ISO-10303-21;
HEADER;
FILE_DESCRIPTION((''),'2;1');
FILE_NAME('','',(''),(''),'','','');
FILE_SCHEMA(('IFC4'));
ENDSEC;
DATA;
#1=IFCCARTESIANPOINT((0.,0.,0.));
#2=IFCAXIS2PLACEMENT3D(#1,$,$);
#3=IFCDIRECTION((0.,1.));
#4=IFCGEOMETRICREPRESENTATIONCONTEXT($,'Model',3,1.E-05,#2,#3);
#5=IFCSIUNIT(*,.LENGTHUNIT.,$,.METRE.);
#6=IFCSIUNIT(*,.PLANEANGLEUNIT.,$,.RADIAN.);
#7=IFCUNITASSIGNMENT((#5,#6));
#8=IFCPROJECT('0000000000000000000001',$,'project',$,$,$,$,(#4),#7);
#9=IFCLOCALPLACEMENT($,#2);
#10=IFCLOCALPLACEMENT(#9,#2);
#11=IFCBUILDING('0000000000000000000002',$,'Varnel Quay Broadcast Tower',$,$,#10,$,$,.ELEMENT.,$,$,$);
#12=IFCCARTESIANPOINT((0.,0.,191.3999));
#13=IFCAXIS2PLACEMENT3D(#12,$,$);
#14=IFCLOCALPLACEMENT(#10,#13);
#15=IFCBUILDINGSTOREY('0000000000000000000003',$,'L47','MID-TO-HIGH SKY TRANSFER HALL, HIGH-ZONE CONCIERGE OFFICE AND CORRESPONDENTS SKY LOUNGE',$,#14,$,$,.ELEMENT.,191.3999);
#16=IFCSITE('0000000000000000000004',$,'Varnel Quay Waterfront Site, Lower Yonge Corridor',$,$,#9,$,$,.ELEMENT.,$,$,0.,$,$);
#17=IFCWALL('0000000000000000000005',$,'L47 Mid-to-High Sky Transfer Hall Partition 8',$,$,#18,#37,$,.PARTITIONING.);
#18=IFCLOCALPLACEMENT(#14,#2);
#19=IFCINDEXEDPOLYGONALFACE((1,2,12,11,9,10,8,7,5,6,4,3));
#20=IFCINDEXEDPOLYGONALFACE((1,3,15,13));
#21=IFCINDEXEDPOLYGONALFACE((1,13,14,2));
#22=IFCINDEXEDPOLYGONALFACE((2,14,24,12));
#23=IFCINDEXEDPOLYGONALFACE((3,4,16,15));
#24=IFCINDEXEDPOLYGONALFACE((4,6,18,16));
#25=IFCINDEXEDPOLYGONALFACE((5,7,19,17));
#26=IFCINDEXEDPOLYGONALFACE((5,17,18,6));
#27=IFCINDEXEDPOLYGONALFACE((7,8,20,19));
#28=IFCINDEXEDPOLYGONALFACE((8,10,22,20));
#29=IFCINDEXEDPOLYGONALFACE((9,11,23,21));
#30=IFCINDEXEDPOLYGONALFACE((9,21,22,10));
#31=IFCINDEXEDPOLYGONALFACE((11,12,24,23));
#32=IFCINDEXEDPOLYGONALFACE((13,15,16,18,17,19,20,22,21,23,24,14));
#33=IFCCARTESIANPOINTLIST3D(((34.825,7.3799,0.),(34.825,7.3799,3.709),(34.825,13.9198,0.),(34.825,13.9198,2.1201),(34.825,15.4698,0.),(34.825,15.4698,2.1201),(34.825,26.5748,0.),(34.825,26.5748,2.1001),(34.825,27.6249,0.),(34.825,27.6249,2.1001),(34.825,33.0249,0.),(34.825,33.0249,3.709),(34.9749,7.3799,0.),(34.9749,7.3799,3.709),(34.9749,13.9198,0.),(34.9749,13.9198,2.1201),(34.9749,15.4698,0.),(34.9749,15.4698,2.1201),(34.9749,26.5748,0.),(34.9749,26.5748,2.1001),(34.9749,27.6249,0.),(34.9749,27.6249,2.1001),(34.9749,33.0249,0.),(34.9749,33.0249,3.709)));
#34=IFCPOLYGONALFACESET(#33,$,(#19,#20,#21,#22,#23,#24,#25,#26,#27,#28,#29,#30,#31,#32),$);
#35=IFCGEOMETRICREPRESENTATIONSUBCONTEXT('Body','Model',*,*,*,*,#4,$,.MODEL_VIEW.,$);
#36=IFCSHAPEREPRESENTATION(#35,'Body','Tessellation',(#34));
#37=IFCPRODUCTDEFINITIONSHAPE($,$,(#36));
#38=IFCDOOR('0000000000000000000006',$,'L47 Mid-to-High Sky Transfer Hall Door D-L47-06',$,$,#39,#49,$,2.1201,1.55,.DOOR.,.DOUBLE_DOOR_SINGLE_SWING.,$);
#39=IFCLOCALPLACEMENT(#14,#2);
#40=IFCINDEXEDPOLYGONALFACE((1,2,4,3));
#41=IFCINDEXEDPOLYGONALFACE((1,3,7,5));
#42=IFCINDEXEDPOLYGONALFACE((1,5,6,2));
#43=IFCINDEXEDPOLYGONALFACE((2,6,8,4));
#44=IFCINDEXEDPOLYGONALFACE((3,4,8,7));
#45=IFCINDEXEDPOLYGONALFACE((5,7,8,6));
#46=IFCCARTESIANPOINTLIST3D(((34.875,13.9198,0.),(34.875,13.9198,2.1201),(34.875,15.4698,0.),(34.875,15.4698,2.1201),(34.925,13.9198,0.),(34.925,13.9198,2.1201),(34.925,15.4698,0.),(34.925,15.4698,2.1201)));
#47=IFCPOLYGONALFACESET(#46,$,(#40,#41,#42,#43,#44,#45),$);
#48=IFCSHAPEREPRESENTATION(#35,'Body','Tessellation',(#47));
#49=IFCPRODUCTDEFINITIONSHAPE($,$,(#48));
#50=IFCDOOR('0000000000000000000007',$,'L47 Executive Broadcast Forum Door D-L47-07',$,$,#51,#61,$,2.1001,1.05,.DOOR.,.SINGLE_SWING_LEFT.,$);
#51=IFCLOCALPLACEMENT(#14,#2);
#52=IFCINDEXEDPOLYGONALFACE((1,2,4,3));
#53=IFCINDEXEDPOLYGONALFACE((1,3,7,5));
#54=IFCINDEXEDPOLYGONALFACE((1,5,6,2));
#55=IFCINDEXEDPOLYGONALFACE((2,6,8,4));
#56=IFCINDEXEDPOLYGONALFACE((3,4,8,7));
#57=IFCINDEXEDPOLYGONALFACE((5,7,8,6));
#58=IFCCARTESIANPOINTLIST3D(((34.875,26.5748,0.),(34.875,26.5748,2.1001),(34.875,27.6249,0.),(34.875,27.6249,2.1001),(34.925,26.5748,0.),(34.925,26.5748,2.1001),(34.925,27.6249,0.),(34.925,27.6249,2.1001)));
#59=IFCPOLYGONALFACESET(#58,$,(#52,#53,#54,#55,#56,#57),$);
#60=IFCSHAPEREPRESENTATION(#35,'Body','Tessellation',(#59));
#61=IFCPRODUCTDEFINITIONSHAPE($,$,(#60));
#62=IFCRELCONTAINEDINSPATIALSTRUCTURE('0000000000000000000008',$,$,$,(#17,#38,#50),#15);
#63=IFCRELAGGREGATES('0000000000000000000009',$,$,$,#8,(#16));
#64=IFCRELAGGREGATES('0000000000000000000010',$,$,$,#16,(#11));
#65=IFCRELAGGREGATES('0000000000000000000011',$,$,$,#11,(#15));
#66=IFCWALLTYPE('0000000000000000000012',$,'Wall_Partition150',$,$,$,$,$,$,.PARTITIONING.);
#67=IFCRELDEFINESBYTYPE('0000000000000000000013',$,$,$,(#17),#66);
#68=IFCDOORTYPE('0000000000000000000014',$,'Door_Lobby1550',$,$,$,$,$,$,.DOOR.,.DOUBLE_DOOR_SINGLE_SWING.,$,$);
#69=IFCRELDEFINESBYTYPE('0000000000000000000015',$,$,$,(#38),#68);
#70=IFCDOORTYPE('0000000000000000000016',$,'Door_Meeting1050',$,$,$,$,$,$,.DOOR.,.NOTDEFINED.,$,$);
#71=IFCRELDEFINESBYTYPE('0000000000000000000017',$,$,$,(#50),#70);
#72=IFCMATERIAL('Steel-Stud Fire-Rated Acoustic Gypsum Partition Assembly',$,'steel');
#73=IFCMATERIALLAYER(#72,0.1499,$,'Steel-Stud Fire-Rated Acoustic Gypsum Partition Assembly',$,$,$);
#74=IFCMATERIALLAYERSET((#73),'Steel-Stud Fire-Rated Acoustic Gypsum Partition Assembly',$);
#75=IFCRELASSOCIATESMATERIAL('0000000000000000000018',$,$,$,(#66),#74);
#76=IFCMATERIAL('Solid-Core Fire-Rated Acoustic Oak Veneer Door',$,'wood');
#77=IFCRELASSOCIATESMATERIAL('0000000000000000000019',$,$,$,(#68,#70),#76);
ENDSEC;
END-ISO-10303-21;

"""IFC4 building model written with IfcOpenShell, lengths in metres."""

from ifc_helpers import new_model, si_unit, direction, frame, frame_2d, origin, place, context, subcontext, project, spatial, rectangle, extrude, source, transform, mapped, material, layer, layer_set, type_object, type_shapes, element, fill, save


model = new_model("IFC4")

# Units and contexts
model_context = context("Model", 3, precision=1e-05, world=origin(), true_north=direction((0.0, 1.0)))
body_context = subcontext(model_context, "Body", "Model", "MODEL_VIEW")
ifc_project = project(units=[si_unit("LENGTHUNIT", "METRE"), si_unit("PLANEANGLEUNIT", "RADIAN")], contexts=[model_context])

# Site, building, storey
site_placement = place(None, origin())
site = spatial("IfcSite", under=ifc_project, at=site_placement, Name="Varnel Quay Waterfront Site, Lower Yonge Corridor", CompositionType="ELEMENT", RefElevation=0.0)
building_placement = place(site_placement, origin())
building = spatial("IfcBuilding", under=site, at=building_placement, Name="Varnel Quay Broadcast Tower", CompositionType="ELEMENT")
storey_placement = place(building_placement, frame((0.0, 0.0, 191.3999)))
storey = spatial("IfcBuildingStorey", under=building, at=storey_placement, Name="L47", Description="MID-TO-HIGH SKY TRANSFER HALL, HIGH-ZONE CONCIERGE OFFICE AND CORRESPONDENTS SKY LOUNGE", CompositionType="ELEMENT", Elevation=191.3999)

# Shared definitions
ifc_material_1 = material(Name="Steel-Stud Fire-Rated Acoustic Gypsum Partition Assembly", Category="steel")

# Wall, openings, doors
ifc_material_2 = material(Name="Solid-Core Fire-Rated Acoustic Oak Veneer Door", Category="wood")
ifc_layer_1 = layer(ifc_material_1, 0.1499, Name="Steel-Stud Fire-Rated Acoustic Gypsum Partition Assembly")
ifc_layer_set_1 = layer_set([ifc_layer_1], Name="Steel-Stud Fire-Rated Acoustic Gypsum Partition Assembly")
wall_type_1 = type_object("IfcWallType", Name="Wall_Partition150", PredefinedType="PARTITIONING", material=ifc_layer_set_1)
wall_1_placement = place(storey_placement, frame((34.8999, 7.3799, 0.0), z_axis=(0.0, 0.0, 1.0), x_axis=(0.0, 1.0, 0.0)))
wall_1 = element("IfcWall", 1, at=wall_1_placement, inside=storey, type_object=wall_type_1, Name="L47 Mid-to-High Sky Transfer Hall Partition 8", PredefinedType="PARTITIONING", context=body_context, shape_type="SweptSolid", body=[
    extrude(rectangle(XDim=25.645, YDim=0.1499, at=frame_2d((12.8225, 0.0))), origin(), (0.0, 0.0, 1.0), 3.709),
])
opening_1_placement = place(wall_1_placement, frame((6.54, 0.0, 0.0)))
opening_1 = element("IfcOpeningElement", 2, at=opening_1_placement, cuts=wall_1, PredefinedType="OPENING", context=body_context, shape_type="SweptSolid", body=[
    extrude(rectangle(XDim=1.55, YDim=2.1201, at=frame_2d((0.7749, 1.0601))), frame((0.0, 0.085, 0.0), z_axis=(0.0, -1.0, 0.0), x_axis=(1.0, 0.0, 0.0)), (0.0, 0.0, 1.0), 0.1699),
])
opening_2_placement = place(wall_1_placement, frame((19.1951, 0.0, 0.0)))
opening_2 = element("IfcOpeningElement", 3, at=opening_2_placement, cuts=wall_1, PredefinedType="OPENING", context=body_context, shape_type="SweptSolid", body=[
    extrude(rectangle(XDim=1.05, YDim=2.1001, at=frame_2d((0.5249, 1.05))), frame((0.0, 0.085, 0.0), z_axis=(0.0, -1.0, 0.0), x_axis=(1.0, 0.0, 0.0)), (0.0, 0.0, 1.0), 0.1699),
])
door_type_1 = type_object("IfcDoorType", Name="Door_Lobby1550", OperationType="DOUBLE_DOOR_SINGLE_SWING", PredefinedType="DOOR", material=ifc_material_2)
shared_shape_1 = source(origin(), body_context, "Body", "SweptSolid", [
    extrude(rectangle(XDim=1.55, YDim=2.1201, at=frame_2d((0.7749, 1.0601))), frame((0.0, 0.0249, 0.0), z_axis=(0.0, -1.0, 0.0), x_axis=(1.0, 0.0, 0.0)), (0.0, 0.0, 1.0), 0.05),
])
type_shapes(door_type_1, [shared_shape_1])
door_1_placement = place(opening_1_placement, origin())
door_1 = element("IfcDoor", 4, at=door_1_placement, inside=storey, type_object=door_type_1, Name="L47 Mid-to-High Sky Transfer Hall Door D-L47-06", OperationType="DOUBLE_DOOR_SINGLE_SWING", OverallHeight=2.1201, OverallWidth=1.55, PredefinedType="DOOR", context=body_context, shape_type="MappedRepresentation", body=[
    mapped(shared_shape_1, transform((0.0, 0.0, 0.0), x_axis=(1.0, 0.0, 0.0), y_axis=(0.0, 1.0, 0.0), z_axis=(0.0, 0.0, 1.0), scale=1.0)),
])
fill(opening_1, door_1)
door_type_2 = type_object("IfcDoorType", Name="Door_Meeting1050", OperationType="NOTDEFINED", PredefinedType="DOOR", material=ifc_material_2)
shared_shape_2 = source(origin(), body_context, "Body", "SweptSolid", [
    extrude(rectangle(XDim=1.05, YDim=2.1001, at=frame_2d((0.5249, 1.05))), frame((0.0, 0.0249, 0.0), z_axis=(0.0, -1.0, 0.0), x_axis=(1.0, 0.0, 0.0)), (0.0, 0.0, 1.0), 0.05),
])
type_shapes(door_type_2, [shared_shape_2])
door_2_placement = place(opening_2_placement, origin())
door_2 = element("IfcDoor", 5, at=door_2_placement, inside=storey, type_object=door_type_2, Name="L47 Executive Broadcast Forum Door D-L47-07", OperationType="SINGLE_SWING_LEFT", OverallHeight=2.1001, OverallWidth=1.05, PredefinedType="DOOR", context=body_context, shape_type="MappedRepresentation", body=[
    mapped(shared_shape_2, transform((0.0, 0.0, 0.0), x_axis=(1.0, 0.0, 0.0), y_axis=(0.0, 1.0, 0.0), z_axis=(0.0, 0.0, 1.0), scale=1.0)),
])
fill(opening_2, door_2)

save(model, "model.ifc")
